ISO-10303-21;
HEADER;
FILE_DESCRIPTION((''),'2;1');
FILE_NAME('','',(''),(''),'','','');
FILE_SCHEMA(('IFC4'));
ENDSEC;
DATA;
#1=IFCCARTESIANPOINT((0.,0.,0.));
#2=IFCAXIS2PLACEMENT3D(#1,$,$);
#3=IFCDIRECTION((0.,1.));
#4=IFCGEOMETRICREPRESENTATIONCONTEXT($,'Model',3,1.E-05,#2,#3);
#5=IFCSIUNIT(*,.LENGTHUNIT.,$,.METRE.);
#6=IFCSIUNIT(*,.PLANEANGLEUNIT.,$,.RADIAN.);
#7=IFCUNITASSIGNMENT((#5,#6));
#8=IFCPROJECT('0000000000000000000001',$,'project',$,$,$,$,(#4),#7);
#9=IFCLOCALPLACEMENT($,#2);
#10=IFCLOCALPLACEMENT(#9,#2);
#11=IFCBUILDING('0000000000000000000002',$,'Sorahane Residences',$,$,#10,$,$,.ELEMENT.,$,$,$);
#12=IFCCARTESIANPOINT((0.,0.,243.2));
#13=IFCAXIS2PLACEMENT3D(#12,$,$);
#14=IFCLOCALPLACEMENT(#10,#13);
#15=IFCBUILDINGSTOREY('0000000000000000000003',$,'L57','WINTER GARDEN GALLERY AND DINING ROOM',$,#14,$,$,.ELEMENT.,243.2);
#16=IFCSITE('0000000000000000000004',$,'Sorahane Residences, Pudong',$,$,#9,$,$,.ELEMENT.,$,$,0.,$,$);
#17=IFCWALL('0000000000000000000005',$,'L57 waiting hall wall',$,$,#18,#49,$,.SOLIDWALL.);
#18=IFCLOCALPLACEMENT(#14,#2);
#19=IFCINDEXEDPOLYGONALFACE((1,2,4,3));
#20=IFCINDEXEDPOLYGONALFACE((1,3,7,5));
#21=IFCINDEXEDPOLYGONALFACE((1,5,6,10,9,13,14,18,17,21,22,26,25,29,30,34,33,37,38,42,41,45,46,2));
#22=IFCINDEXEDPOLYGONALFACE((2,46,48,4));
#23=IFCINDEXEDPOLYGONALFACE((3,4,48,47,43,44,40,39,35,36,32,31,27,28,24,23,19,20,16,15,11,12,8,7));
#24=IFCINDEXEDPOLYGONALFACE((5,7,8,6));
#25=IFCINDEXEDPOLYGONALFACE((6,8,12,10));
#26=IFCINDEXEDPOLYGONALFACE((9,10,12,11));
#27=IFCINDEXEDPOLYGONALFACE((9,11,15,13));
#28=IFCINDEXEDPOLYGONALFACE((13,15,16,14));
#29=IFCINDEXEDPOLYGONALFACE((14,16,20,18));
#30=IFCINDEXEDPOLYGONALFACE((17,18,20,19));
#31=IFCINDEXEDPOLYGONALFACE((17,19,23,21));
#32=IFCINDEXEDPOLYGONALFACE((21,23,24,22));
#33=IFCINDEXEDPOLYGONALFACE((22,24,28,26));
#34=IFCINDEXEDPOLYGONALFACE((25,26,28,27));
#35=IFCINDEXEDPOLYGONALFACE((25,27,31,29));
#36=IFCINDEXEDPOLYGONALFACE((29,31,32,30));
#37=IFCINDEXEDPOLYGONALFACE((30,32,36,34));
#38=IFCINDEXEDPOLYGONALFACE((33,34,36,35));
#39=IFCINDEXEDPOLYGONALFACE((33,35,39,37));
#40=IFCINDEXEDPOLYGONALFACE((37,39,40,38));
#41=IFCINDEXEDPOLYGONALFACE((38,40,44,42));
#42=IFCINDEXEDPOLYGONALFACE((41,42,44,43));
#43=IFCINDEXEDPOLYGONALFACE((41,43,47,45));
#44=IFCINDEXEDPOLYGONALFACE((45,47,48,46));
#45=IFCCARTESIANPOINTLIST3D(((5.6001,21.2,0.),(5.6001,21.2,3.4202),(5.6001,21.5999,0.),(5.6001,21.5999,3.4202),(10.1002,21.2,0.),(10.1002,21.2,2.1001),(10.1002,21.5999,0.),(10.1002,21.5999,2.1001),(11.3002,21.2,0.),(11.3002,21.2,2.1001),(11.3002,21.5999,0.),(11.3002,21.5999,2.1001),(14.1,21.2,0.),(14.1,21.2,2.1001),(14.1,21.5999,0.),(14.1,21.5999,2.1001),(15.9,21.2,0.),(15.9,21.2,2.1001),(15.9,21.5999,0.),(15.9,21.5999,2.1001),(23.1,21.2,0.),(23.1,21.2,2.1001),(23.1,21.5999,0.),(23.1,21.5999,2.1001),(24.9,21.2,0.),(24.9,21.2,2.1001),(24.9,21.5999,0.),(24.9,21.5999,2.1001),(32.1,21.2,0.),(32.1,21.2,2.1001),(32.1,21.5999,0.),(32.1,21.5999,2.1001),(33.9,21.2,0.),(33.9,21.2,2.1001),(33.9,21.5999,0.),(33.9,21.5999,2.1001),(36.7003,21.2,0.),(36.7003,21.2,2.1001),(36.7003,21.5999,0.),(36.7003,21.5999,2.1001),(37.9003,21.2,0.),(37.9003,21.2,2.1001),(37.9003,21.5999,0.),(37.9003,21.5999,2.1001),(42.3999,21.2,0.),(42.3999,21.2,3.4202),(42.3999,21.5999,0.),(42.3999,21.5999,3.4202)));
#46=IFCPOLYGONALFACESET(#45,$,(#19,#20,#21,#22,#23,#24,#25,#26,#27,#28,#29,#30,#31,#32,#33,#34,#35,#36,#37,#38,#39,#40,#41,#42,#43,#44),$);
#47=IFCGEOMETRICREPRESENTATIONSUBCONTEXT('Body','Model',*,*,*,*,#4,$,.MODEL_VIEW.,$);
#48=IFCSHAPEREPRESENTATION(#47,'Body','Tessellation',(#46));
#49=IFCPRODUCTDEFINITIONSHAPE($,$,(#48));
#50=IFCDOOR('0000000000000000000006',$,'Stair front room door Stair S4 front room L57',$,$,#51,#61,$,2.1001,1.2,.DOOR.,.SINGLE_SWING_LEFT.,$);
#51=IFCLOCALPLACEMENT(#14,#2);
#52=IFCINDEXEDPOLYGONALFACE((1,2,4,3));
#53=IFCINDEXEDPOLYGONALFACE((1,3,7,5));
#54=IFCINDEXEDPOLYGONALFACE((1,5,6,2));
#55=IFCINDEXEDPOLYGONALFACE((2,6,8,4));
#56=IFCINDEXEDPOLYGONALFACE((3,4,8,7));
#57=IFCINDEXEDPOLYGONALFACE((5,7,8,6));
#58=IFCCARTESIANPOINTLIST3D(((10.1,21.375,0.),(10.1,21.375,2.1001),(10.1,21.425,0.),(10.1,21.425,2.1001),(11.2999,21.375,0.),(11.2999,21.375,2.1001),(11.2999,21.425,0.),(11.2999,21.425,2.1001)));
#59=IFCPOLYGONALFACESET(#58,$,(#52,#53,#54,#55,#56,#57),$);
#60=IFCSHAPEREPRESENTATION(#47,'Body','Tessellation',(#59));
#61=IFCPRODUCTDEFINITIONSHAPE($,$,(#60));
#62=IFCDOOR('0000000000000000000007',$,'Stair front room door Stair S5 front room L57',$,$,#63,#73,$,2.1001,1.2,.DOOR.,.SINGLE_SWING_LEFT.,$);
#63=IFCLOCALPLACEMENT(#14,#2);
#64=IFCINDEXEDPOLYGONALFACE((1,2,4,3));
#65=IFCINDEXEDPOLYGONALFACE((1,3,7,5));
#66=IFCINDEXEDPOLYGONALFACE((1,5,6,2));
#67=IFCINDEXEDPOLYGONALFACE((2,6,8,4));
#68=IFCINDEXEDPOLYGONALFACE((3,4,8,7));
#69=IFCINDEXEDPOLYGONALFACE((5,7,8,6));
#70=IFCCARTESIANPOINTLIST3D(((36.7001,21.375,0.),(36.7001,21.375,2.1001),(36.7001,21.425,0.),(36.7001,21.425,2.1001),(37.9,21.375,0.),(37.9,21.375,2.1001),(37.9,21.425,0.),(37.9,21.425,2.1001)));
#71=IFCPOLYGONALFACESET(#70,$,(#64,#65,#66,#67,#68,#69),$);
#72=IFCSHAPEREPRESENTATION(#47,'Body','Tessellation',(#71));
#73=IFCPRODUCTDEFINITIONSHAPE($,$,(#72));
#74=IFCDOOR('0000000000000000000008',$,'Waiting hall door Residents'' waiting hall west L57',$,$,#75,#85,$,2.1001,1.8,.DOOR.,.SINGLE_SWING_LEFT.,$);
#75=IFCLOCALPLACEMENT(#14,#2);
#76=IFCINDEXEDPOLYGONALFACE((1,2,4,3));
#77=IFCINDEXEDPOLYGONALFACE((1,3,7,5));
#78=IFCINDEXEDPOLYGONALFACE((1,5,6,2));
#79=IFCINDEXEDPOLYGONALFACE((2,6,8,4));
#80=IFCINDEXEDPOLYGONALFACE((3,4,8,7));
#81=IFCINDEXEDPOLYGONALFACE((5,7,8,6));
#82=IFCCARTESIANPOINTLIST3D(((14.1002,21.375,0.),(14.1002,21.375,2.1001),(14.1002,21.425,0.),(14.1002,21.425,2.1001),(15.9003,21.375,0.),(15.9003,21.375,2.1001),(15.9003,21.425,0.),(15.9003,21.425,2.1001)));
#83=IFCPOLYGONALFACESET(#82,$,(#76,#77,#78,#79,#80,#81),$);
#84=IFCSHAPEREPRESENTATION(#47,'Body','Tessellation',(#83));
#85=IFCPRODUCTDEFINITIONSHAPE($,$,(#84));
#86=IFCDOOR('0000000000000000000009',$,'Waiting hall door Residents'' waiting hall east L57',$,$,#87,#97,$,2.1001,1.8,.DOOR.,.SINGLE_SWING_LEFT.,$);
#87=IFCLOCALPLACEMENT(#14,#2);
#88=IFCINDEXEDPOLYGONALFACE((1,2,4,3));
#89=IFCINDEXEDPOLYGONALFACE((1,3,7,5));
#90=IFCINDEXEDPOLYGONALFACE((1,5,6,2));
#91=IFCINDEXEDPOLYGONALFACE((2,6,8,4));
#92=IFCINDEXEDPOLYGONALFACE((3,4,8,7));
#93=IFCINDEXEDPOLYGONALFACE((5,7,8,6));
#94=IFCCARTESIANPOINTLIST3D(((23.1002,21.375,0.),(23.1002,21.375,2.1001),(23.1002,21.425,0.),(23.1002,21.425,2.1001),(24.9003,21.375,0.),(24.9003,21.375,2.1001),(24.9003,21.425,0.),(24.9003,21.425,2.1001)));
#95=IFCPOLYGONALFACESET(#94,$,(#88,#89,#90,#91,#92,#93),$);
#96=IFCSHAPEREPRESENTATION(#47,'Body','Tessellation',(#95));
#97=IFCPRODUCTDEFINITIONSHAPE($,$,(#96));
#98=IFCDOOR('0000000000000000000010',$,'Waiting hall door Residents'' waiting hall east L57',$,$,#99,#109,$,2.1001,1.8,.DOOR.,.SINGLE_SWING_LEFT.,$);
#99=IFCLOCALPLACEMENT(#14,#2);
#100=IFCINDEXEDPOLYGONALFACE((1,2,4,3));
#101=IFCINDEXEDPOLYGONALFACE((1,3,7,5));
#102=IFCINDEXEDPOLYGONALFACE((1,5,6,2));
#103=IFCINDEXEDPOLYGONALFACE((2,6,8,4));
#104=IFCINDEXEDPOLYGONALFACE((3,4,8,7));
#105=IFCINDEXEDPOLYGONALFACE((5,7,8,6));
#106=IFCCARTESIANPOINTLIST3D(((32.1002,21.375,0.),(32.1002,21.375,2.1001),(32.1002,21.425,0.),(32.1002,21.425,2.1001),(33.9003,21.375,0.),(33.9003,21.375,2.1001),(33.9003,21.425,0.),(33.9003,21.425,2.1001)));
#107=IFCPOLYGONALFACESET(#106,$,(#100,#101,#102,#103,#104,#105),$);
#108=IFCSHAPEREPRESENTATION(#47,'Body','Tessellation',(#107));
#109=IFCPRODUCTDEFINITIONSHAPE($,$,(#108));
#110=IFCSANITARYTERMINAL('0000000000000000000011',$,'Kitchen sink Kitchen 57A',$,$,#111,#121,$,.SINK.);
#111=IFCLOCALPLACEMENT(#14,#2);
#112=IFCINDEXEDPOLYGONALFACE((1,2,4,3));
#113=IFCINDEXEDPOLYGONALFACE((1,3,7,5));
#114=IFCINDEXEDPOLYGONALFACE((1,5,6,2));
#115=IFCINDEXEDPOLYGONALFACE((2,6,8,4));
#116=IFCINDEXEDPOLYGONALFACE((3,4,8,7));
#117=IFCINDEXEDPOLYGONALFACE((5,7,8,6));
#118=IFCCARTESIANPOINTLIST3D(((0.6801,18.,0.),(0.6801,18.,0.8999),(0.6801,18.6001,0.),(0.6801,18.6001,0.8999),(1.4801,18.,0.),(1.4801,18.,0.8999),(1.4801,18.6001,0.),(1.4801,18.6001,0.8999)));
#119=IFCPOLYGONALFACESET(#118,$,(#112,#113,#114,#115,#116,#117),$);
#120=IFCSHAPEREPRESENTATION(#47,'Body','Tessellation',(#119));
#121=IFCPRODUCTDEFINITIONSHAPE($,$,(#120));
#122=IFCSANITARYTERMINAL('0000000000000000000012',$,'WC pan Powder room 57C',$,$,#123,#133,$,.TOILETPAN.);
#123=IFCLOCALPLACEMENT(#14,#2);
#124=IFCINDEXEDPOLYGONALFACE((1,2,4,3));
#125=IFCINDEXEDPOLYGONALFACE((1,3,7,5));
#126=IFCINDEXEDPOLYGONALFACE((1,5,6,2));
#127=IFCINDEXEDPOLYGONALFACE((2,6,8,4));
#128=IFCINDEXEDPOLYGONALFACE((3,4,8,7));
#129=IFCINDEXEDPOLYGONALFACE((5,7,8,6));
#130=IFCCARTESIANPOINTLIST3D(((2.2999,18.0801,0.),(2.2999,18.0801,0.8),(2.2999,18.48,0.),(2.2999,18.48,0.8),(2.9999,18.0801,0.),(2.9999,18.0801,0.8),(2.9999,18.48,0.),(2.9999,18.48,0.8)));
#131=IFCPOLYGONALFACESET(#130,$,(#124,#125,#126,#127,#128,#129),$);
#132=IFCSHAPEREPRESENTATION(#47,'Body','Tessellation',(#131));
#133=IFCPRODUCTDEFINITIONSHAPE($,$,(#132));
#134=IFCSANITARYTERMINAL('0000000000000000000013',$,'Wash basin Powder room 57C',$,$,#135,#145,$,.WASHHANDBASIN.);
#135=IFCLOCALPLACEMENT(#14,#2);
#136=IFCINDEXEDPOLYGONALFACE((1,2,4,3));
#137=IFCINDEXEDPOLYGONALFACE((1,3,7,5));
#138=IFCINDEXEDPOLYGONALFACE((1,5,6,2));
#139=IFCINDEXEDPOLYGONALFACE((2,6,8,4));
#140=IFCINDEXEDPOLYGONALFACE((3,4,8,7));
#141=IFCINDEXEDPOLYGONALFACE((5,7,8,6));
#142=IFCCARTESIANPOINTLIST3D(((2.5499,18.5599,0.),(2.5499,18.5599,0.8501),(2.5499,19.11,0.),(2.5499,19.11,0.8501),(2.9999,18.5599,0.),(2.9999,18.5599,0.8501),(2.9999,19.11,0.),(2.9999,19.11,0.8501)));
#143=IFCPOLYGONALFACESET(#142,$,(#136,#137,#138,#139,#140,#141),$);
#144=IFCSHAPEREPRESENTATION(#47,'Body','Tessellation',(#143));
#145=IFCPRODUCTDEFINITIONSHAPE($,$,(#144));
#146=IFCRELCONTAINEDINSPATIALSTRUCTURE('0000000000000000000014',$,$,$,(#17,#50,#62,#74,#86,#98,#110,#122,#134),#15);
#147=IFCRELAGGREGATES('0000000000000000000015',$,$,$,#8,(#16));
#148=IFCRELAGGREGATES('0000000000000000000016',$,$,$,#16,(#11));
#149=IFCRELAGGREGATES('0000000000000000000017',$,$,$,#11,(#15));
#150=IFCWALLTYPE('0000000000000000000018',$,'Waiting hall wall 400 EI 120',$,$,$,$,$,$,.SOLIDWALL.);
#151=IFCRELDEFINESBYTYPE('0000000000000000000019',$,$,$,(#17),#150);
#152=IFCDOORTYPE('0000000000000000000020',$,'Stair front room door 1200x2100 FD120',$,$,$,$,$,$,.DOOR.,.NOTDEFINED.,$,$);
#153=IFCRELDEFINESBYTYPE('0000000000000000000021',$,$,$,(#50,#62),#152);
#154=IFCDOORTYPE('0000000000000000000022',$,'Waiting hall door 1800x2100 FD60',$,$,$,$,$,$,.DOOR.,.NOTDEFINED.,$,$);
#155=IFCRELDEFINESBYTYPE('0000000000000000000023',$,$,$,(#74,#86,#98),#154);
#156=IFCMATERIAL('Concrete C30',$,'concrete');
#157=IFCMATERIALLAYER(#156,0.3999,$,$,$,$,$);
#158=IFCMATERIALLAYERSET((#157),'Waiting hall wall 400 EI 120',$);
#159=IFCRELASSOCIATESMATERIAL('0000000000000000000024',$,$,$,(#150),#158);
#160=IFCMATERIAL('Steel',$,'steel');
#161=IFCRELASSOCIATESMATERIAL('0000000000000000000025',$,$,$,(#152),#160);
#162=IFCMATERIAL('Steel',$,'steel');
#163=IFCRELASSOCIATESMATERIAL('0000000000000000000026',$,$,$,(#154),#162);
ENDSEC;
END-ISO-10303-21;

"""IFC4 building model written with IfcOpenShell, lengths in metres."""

from ifc_helpers import new_model, si_unit, direction, frame, frame_2d, origin, origin_2d, place, context, subcontext, project, spatial, rectangle, extrude, material, layer, layer_set, type_object, element, fill, save


model = new_model("IFC4")

# Units and contexts
model_context = context("Model", 3, precision=1e-05, world=origin(), true_north=direction((0.0, 1.0)))
body_context = subcontext(model_context, "Body", "Model", "MODEL_VIEW")
ifc_project = project(units=[si_unit("LENGTHUNIT", "METRE"), si_unit("PLANEANGLEUNIT", "RADIAN")], contexts=[model_context])

# Site, building, storey
site_placement = place(None, origin())
site = spatial("IfcSite", under=ifc_project, at=site_placement, Name="Sorahane Residences, Pudong", CompositionType="ELEMENT", RefElevation=0.0)
building_placement = place(site_placement, origin())
building = spatial("IfcBuilding", under=site, at=building_placement, Name="Sorahane Residences", CompositionType="ELEMENT")
storey_placement = place(building_placement, frame((0.0, 0.0, 243.2)))
storey = spatial("IfcBuildingStorey", under=building, at=storey_placement, Name="L57", Description="WINTER GARDEN GALLERY AND DINING ROOM", CompositionType="ELEMENT", Elevation=243.2)

# Wall, openings, doors
ifc_material_1 = material(Name="Concrete C30", Category="concrete")
ifc_layer_1 = layer(ifc_material_1, 0.3999)
ifc_layer_set_1 = layer_set([ifc_layer_1], Name="Waiting hall wall 400 EI 120")
wall_type_1 = type_object("IfcWallType", Name="Waiting hall wall 400 EI 120", PredefinedType="SOLIDWALL", material=ifc_layer_set_1)
wall_1_placement = place(storey_placement, frame((5.6001, 21.3999, 0.0), z_axis=(0.0, 0.0, 1.0), x_axis=(1.0, 0.0, 0.0)))
wall_1 = element("IfcWall", 1, at=wall_1_placement, inside=storey, type_object=wall_type_1, Name="L57 waiting hall wall", PredefinedType="SOLIDWALL", context=body_context, shape_type="SweptSolid", body=[
    extrude(rectangle(XDim=36.7998, YDim=0.3999, at=frame_2d((18.3999, 0.0))), origin(), (0.0, 0.0, 1.0), 3.4202),
])
opening_1_placement = place(wall_1_placement, frame((8.5, 0.0, 0.0)))
opening_1 = element("IfcOpeningElement", 2, at=opening_1_placement, cuts=wall_1, PredefinedType="OPENING", context=body_context, shape_type="SweptSolid", body=[
    extrude(rectangle(XDim=1.8, YDim=2.1001, at=frame_2d((0.8999, 1.05))), frame((0.0, 0.21, 0.0), z_axis=(0.0, -1.0, 0.0), x_axis=(1.0, 0.0, 0.0)), (0.0, 0.0, 1.0), 0.4199),
])
opening_2_placement = place(wall_1_placement, frame((17.5, 0.0, 0.0)))
opening_2 = element("IfcOpeningElement", 3, at=opening_2_placement, cuts=wall_1, PredefinedType="OPENING", context=body_context, shape_type="SweptSolid", body=[
    extrude(rectangle(XDim=1.8, YDim=2.1001, at=frame_2d((0.8999, 1.05))), frame((0.0, 0.21, 0.0), z_axis=(0.0, -1.0, 0.0), x_axis=(1.0, 0.0, 0.0)), (0.0, 0.0, 1.0), 0.4199),
])
opening_3_placement = place(wall_1_placement, frame((26.5, 0.0, 0.0)))
opening_3 = element("IfcOpeningElement", 4, at=opening_3_placement, cuts=wall_1, PredefinedType="OPENING", context=body_context, shape_type="SweptSolid", body=[
    extrude(rectangle(XDim=1.8, YDim=2.1001, at=frame_2d((0.8999, 1.05))), frame((0.0, 0.21, 0.0), z_axis=(0.0, -1.0, 0.0), x_axis=(1.0, 0.0, 0.0)), (0.0, 0.0, 1.0), 0.4199),
])
opening_4_placement = place(wall_1_placement, frame((4.5, 0.0, 0.0)))
opening_4 = element("IfcOpeningElement", 5, at=opening_4_placement, cuts=wall_1, PredefinedType="OPENING", context=body_context, shape_type="SweptSolid", body=[
    extrude(rectangle(XDim=1.2, YDim=2.1001, at=frame_2d((0.6001, 1.05))), frame((0.0, 0.21, 0.0), z_axis=(0.0, -1.0, 0.0), x_axis=(1.0, 0.0, 0.0)), (0.0, 0.0, 1.0), 0.4199),
])
opening_5_placement = place(wall_1_placement, frame((31.1001, 0.0, 0.0)))
opening_5 = element("IfcOpeningElement", 6, at=opening_5_placement, cuts=wall_1, PredefinedType="OPENING", context=body_context, shape_type="SweptSolid", body=[
    extrude(rectangle(XDim=1.2, YDim=2.1001, at=frame_2d((0.6001, 1.05))), frame((0.0, 0.21, 0.0), z_axis=(0.0, -1.0, 0.0), x_axis=(1.0, 0.0, 0.0)), (0.0, 0.0, 1.0), 0.4199),
])
ifc_material_2 = material(Name="Steel", Category="steel")
door_type_1 = type_object("IfcDoorType", Name="Stair front room door 1200x2100 FD120", OperationType="NOTDEFINED", PredefinedType="DOOR", material=ifc_material_2)
door_1_placement = place(opening_4_placement, frame((1.2, 0.0, 0.0), z_axis=(0.0, 0.0, 1.0), x_axis=(-1.0, 0.0, 0.0)))
door_1 = element("IfcDoor", 7, at=door_1_placement, inside=storey, type_object=door_type_1, Name="Stair front room door Stair S4 front room L57", OperationType="SINGLE_SWING_LEFT", OverallHeight=2.1001, OverallWidth=1.2, PredefinedType="DOOR", context=body_context, shape_type="SweptSolid", body=[
    extrude(rectangle(XDim=1.2, YDim=2.1001, at=frame_2d((0.6001, 1.05))), frame((0.0, 0.0249, 0.0), z_axis=(0.0, -1.0, 0.0), x_axis=(1.0, 0.0, 0.0)), (0.0, 0.0, 1.0), 0.05),
])
fill(opening_4, door_1)
door_2_placement = place(opening_5_placement, frame((1.2, 0.0, 0.0), z_axis=(0.0, 0.0, 1.0), x_axis=(-1.0, 0.0, 0.0)))
door_2 = element("IfcDoor", 8, at=door_2_placement, inside=storey, type_object=door_type_1, Name="Stair front room door Stair S5 front room L57", OperationType="SINGLE_SWING_LEFT", OverallHeight=2.1001, OverallWidth=1.2, PredefinedType="DOOR", context=body_context, shape_type="SweptSolid", body=[
    extrude(rectangle(XDim=1.2, YDim=2.1001, at=frame_2d((0.6001, 1.05))), frame((0.0, 0.0249, 0.0), z_axis=(0.0, -1.0, 0.0), x_axis=(1.0, 0.0, 0.0)), (0.0, 0.0, 1.0), 0.05),
])
fill(opening_5, door_2)
ifc_material_3 = material(Name="Steel", Category="steel")
door_type_2 = type_object("IfcDoorType", Name="Waiting hall door 1800x2100 FD60", OperationType="NOTDEFINED", PredefinedType="DOOR", material=ifc_material_3)
door_3_placement = place(opening_1_placement, frame((1.8, 0.0, 0.0), z_axis=(0.0, 0.0, 1.0), x_axis=(-1.0, 0.0, 0.0)))
door_3 = element("IfcDoor", 9, at=door_3_placement, inside=storey, type_object=door_type_2, Name="Waiting hall door Residents' waiting hall west L57", OperationType="SINGLE_SWING_LEFT", OverallHeight=2.1001, OverallWidth=1.8, PredefinedType="DOOR", context=body_context, shape_type="SweptSolid", body=[
    extrude(rectangle(XDim=1.8, YDim=2.1001, at=frame_2d((0.8999, 1.05))), frame((0.0, 0.0249, 0.0), z_axis=(0.0, -1.0, 0.0), x_axis=(1.0, 0.0, 0.0)), (0.0, 0.0, 1.0), 0.05),
])
fill(opening_1, door_3)
door_4_placement = place(opening_2_placement, frame((1.8, 0.0, 0.0), z_axis=(0.0, 0.0, 1.0), x_axis=(-1.0, 0.0, 0.0)))
door_4 = element("IfcDoor", 10, at=door_4_placement, inside=storey, type_object=door_type_2, Name="Waiting hall door Residents' waiting hall east L57", OperationType="SINGLE_SWING_LEFT", OverallHeight=2.1001, OverallWidth=1.8, PredefinedType="DOOR", context=body_context, shape_type="SweptSolid", body=[
    extrude(rectangle(XDim=1.8, YDim=2.1001, at=frame_2d((0.8999, 1.05))), frame((0.0, 0.0249, 0.0), z_axis=(0.0, -1.0, 0.0), x_axis=(1.0, 0.0, 0.0)), (0.0, 0.0, 1.0), 0.05),
])
fill(opening_2, door_4)
door_5_placement = place(opening_3_placement, frame((1.8, 0.0, 0.0), z_axis=(0.0, 0.0, 1.0), x_axis=(-1.0, 0.0, 0.0)))
door_5 = element("IfcDoor", 11, at=door_5_placement, inside=storey, type_object=door_type_2, Name="Waiting hall door Residents' waiting hall east L57", OperationType="SINGLE_SWING_LEFT", OverallHeight=2.1001, OverallWidth=1.8, PredefinedType="DOOR", context=body_context, shape_type="SweptSolid", body=[
    extrude(rectangle(XDim=1.8, YDim=2.1001, at=frame_2d((0.8999, 1.05))), frame((0.0, 0.0249, 0.0), z_axis=(0.0, -1.0, 0.0), x_axis=(1.0, 0.0, 0.0)), (0.0, 0.0, 1.0), 0.05),
])
fill(opening_3, door_5)

# Sanitary terminals
sanitary_terminal_1_placement = place(storey_placement, frame((1.0801, 18.3, 0.0), z_axis=(0.0, 0.0, 1.0), x_axis=(1.0, 0.0, 0.0)))
element("IfcSanitaryTerminal", 12, at=sanitary_terminal_1_placement, inside=storey, Name="Kitchen sink Kitchen 57A", PredefinedType="SINK", context=body_context, shape_type="SweptSolid", body=[
    extrude(rectangle(XDim=0.8, YDim=0.6001, at=origin_2d()), origin(), (0.0, 0.0, 1.0), 0.8999),
])
sanitary_terminal_2_placement = place(storey_placement, frame((2.6499, 18.28, 0.0), z_axis=(0.0, 0.0, 1.0), x_axis=(0.0, -1.0, 0.0)))
element("IfcSanitaryTerminal", 13, at=sanitary_terminal_2_placement, inside=storey, Name="WC pan Powder room 57C", PredefinedType="TOILETPAN", context=body_context, shape_type="SweptSolid", body=[
    extrude(rectangle(XDim=0.3999, YDim=0.7, at=origin_2d()), origin(), (0.0, 0.0, 1.0), 0.8),
])
sanitary_terminal_3_placement = place(storey_placement, frame((2.7749, 18.835, 0.0), z_axis=(0.0, 0.0, 1.0), x_axis=(0.0, -1.0, 0.0)))
element("IfcSanitaryTerminal", 14, at=sanitary_terminal_3_placement, inside=storey, Name="Wash basin Powder room 57C", PredefinedType="WASHHANDBASIN", context=body_context, shape_type="SweptSolid", body=[
    extrude(rectangle(XDim=0.55, YDim=0.45, at=origin_2d()), origin(), (0.0, 0.0, 1.0), 0.8501),
])

save(model, "model.ifc")
